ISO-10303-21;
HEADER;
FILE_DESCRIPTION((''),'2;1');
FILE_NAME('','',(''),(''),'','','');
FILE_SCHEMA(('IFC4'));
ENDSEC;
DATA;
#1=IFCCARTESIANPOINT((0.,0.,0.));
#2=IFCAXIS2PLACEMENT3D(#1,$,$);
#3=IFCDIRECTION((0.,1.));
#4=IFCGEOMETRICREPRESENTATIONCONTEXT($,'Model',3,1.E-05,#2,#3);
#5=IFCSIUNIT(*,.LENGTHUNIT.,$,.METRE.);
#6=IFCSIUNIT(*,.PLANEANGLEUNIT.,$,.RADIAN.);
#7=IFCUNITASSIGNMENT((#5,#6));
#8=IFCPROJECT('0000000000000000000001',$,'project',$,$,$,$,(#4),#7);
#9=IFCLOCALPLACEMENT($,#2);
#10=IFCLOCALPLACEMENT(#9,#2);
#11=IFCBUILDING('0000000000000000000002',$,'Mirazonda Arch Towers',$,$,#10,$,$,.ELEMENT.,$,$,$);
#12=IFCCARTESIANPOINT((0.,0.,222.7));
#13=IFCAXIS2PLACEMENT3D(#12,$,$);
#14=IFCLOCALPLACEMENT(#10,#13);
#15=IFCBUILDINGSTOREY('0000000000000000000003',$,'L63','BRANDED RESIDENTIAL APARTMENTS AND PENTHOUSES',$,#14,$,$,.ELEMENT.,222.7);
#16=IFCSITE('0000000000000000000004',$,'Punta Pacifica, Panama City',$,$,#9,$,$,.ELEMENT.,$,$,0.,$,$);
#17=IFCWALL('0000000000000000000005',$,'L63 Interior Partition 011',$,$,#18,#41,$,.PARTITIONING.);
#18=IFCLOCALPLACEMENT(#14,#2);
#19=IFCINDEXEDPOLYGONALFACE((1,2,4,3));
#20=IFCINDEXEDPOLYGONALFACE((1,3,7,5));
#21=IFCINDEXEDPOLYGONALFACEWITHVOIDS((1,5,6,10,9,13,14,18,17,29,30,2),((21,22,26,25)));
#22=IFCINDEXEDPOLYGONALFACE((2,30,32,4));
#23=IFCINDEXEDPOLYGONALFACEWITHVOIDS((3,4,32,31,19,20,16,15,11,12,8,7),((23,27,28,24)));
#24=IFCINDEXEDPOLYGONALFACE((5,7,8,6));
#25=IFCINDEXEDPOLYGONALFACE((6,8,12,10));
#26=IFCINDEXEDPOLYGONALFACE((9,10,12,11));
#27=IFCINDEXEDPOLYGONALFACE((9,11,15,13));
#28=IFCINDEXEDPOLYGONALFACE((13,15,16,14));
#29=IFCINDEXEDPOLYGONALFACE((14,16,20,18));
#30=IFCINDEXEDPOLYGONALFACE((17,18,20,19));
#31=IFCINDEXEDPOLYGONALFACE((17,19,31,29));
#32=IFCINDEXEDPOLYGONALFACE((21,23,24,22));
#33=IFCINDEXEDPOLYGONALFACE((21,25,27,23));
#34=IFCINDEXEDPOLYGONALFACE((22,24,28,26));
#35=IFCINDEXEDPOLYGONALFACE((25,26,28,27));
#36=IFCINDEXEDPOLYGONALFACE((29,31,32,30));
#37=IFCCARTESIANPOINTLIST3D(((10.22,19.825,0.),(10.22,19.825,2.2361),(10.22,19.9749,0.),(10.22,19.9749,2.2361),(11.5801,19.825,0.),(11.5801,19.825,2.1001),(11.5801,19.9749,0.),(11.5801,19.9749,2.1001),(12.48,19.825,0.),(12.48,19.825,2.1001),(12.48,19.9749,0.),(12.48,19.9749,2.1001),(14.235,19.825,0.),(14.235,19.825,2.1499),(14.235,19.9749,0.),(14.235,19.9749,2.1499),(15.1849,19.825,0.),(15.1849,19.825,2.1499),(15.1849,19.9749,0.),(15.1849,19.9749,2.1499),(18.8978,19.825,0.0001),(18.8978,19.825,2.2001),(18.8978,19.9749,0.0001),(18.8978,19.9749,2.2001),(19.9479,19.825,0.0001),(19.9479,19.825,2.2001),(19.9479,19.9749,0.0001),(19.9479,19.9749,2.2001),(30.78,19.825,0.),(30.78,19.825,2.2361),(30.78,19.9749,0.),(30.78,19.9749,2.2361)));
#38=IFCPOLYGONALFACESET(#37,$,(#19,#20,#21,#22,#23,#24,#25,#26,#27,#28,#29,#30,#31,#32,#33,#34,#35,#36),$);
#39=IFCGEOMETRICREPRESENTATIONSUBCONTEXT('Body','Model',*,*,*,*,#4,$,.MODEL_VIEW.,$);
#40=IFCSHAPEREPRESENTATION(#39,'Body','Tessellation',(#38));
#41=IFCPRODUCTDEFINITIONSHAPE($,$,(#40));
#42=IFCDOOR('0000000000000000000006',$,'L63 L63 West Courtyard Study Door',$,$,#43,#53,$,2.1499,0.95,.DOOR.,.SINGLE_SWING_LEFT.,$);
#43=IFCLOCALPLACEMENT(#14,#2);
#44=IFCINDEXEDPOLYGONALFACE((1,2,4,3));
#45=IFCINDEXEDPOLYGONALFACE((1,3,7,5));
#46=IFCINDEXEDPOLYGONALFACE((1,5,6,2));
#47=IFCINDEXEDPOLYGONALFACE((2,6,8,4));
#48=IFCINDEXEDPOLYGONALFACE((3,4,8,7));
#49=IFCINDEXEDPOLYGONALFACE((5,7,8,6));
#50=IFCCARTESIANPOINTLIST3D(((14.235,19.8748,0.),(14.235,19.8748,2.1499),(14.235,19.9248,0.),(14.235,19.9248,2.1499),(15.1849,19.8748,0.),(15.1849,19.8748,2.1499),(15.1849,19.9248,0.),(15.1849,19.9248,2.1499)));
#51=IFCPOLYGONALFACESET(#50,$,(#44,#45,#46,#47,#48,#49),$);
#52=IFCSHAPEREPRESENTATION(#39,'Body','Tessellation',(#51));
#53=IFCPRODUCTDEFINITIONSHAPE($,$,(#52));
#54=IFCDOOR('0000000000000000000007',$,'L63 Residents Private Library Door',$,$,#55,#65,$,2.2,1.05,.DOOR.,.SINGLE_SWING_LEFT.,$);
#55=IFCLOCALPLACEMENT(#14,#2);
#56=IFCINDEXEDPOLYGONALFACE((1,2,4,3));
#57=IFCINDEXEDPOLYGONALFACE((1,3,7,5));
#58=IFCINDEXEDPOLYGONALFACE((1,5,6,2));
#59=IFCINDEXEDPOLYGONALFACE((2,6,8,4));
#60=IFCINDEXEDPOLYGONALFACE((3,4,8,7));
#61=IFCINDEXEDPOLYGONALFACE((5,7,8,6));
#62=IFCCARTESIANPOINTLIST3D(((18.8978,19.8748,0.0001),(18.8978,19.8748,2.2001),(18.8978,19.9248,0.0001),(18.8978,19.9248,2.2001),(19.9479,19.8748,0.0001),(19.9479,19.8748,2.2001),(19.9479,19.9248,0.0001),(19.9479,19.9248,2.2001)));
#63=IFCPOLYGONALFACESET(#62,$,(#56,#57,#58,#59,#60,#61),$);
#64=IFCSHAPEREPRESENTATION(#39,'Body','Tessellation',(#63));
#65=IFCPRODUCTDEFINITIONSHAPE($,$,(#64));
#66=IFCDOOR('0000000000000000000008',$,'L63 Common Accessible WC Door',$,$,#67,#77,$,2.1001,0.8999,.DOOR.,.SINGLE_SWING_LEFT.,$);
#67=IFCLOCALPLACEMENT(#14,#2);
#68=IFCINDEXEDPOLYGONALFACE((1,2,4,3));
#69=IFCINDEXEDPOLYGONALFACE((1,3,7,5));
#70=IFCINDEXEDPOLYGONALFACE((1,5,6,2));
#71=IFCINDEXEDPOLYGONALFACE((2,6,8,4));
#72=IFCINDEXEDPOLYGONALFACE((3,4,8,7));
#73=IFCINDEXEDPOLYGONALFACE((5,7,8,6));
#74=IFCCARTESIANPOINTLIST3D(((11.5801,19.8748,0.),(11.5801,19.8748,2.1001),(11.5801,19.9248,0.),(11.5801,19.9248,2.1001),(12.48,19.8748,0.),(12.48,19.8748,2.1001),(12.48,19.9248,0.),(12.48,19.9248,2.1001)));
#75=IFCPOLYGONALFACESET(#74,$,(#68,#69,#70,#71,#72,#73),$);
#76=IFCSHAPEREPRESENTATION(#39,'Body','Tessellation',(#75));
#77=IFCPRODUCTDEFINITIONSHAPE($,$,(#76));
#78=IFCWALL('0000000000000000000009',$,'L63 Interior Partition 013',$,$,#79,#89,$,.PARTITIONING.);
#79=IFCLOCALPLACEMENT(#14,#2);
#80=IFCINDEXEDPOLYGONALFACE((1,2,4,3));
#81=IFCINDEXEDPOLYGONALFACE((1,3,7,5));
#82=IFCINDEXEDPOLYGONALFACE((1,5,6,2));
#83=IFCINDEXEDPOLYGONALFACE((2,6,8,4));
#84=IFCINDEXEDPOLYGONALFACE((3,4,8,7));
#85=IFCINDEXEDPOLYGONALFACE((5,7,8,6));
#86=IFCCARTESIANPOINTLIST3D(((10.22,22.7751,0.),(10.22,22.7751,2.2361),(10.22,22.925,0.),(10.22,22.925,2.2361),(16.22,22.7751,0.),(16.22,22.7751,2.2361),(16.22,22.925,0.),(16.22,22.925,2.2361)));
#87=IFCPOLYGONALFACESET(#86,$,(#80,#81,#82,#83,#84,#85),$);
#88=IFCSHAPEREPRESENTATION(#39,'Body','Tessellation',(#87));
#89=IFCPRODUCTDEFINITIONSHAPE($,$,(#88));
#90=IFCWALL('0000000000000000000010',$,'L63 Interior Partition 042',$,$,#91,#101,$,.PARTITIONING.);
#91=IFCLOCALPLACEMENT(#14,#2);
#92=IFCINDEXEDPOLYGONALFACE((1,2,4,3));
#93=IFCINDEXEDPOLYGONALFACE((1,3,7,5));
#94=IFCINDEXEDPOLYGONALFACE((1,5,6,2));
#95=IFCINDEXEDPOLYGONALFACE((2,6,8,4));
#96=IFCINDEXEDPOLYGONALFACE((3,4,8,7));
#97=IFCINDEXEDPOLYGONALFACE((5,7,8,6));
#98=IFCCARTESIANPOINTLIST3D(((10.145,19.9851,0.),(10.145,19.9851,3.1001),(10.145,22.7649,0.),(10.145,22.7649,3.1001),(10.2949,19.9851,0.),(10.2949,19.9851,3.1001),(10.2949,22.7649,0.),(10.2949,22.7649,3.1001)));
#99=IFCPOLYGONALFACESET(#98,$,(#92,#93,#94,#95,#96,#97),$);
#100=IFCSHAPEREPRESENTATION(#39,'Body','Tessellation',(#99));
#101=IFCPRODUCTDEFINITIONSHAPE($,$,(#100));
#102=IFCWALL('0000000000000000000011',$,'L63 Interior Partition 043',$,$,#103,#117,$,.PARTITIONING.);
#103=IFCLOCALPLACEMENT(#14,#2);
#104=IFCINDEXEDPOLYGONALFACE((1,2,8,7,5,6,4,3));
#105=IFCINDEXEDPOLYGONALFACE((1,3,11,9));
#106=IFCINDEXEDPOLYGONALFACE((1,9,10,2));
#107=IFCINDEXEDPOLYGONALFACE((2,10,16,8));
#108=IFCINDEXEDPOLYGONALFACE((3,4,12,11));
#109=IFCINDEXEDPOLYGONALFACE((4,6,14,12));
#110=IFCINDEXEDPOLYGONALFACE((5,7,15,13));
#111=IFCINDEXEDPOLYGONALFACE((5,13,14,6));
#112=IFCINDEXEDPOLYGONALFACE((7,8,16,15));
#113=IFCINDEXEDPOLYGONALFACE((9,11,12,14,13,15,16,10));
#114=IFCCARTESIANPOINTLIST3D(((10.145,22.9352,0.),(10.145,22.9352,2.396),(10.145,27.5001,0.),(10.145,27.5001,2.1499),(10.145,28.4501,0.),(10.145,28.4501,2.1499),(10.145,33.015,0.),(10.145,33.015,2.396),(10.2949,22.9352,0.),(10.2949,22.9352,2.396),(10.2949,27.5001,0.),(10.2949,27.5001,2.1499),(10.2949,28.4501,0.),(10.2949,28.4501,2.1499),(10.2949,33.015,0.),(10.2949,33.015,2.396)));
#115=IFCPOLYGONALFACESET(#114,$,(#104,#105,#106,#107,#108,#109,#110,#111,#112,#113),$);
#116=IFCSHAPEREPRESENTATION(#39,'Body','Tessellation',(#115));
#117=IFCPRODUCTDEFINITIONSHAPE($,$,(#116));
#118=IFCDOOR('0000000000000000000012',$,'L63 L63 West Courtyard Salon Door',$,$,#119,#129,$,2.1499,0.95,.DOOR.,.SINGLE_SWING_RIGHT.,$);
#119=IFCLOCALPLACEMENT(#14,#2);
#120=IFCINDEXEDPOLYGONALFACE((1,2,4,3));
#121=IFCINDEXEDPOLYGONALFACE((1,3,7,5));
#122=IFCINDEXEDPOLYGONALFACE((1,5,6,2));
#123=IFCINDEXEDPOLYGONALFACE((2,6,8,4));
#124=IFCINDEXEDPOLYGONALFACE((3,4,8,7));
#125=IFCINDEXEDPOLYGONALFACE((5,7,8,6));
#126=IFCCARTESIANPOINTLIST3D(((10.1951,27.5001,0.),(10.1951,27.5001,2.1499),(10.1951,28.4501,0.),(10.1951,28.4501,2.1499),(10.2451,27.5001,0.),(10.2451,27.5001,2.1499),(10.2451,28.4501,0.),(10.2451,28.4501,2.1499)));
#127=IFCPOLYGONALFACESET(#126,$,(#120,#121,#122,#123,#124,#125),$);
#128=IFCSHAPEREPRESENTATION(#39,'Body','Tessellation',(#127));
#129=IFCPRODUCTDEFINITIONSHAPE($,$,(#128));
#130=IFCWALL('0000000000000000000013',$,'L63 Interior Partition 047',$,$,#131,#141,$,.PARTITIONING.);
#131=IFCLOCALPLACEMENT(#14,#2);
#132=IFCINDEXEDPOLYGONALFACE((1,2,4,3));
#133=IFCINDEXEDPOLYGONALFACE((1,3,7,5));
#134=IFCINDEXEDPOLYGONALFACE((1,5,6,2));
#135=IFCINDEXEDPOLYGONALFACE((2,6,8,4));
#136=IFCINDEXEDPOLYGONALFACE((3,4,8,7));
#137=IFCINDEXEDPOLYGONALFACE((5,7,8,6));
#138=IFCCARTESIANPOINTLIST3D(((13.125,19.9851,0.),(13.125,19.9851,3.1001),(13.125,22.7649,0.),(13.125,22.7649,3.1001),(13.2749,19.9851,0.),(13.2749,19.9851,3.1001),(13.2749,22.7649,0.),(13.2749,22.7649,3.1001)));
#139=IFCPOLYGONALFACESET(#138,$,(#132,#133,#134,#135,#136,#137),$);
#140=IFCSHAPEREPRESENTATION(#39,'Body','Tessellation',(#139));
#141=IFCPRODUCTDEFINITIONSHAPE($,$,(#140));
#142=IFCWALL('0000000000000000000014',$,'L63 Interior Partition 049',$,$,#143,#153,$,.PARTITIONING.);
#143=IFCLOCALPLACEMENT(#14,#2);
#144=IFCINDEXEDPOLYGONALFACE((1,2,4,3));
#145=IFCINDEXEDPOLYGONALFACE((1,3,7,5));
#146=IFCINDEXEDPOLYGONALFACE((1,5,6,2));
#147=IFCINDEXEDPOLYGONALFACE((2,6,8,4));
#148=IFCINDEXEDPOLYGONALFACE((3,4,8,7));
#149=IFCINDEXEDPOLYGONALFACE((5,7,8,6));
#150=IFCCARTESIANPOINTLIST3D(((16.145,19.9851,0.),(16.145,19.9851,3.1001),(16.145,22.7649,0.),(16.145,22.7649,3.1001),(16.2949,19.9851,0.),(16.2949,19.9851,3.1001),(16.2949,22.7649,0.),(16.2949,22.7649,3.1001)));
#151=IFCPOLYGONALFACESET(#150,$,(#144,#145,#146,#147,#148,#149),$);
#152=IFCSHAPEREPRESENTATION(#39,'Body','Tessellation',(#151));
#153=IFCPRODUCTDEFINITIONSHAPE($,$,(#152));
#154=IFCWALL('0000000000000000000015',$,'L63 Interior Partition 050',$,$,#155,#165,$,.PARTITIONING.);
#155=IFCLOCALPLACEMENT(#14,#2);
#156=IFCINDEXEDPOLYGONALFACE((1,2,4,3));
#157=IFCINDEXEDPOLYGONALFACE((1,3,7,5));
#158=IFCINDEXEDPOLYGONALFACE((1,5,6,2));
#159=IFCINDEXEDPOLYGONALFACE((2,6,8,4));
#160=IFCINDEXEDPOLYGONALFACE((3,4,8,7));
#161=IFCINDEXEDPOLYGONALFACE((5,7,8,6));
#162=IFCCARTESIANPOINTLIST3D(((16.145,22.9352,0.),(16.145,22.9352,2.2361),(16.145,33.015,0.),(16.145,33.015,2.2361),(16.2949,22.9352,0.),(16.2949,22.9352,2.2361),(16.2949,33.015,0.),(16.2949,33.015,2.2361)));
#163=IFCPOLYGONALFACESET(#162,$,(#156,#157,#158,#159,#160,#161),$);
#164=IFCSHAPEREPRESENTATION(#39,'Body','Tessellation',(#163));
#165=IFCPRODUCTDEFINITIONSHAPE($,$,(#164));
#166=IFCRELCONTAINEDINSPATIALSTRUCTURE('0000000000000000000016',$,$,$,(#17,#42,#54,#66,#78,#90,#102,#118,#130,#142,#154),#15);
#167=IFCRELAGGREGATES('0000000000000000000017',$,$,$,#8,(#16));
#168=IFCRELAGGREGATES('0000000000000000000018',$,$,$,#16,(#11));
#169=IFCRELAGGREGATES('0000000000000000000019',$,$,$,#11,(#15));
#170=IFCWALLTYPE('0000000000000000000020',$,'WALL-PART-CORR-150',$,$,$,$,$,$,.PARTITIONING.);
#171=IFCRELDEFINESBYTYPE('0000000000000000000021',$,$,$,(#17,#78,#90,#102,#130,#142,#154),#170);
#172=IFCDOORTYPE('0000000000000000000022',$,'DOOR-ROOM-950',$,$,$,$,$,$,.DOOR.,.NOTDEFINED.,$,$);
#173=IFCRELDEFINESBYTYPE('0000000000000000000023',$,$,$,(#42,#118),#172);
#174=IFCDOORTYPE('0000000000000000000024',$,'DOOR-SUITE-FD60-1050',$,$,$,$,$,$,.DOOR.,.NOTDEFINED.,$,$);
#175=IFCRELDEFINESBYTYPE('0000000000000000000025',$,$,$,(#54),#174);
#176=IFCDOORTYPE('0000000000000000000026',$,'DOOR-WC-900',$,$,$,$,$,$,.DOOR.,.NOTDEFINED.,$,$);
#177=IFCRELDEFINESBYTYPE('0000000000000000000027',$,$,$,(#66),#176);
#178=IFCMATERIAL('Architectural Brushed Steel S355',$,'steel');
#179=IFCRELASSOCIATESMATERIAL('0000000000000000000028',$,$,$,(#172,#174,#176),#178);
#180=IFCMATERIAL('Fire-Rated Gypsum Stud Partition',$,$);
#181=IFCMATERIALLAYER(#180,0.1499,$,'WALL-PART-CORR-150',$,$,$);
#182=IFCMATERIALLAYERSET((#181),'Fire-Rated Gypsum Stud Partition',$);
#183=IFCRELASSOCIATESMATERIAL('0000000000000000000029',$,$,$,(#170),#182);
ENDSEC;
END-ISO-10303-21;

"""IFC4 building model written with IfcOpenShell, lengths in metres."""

from ifc_helpers import new_model, si_unit, direction, frame, frame_2d, origin, place, context, subcontext, project, spatial, rectangle, extrude, material, layer, layer_set, type_object, element, fill, save


model = new_model("IFC4")

# Units and contexts
model_context = context("Model", 3, precision=1e-05, world=origin(), true_north=direction((0.0, 1.0)))
body_context = subcontext(model_context, "Body", "Model", "MODEL_VIEW")
ifc_project = project(units=[si_unit("LENGTHUNIT", "METRE"), si_unit("PLANEANGLEUNIT", "RADIAN")], contexts=[model_context])

# Site, building, storey
site_placement = place(None, origin())
site = spatial("IfcSite", under=ifc_project, at=site_placement, Name="Punta Pacifica, Panama City", CompositionType="ELEMENT", RefElevation=0.0)
building_placement = place(site_placement, origin())
building = spatial("IfcBuilding", under=site, at=building_placement, Name="Mirazonda Arch Towers", CompositionType="ELEMENT")
storey_placement = place(building_placement, frame((0.0, 0.0, 222.7)))
storey = spatial("IfcBuildingStorey", under=building, at=storey_placement, Name="L63", Description="BRANDED RESIDENTIAL APARTMENTS AND PENTHOUSES", CompositionType="ELEMENT", Elevation=222.7)

# Shared definitions
ifc_material_1 = material(Name="Architectural Brushed Steel S355", Category="steel")
door_type_1 = type_object("IfcDoorType", Name="DOOR-ROOM-950", OperationType="NOTDEFINED", PredefinedType="DOOR", material=ifc_material_1)

# Wall, openings, doors
ifc_material_2 = material(Name="Fire-Rated Gypsum Stud Partition")
ifc_layer_1 = layer(ifc_material_2, 0.1499, Name="WALL-PART-CORR-150")
ifc_layer_set_1 = layer_set([ifc_layer_1], Name="Fire-Rated Gypsum Stud Partition")
wall_type_1 = type_object("IfcWallType", Name="WALL-PART-CORR-150", PredefinedType="PARTITIONING", material=ifc_layer_set_1)
wall_1_placement = place(storey_placement, frame((10.22, 19.8999, 0.0), z_axis=(0.0, 0.0, 1.0), x_axis=(1.0, 0.0, 0.0)))
wall_1 = element("IfcWall", 1, at=wall_1_placement, inside=storey, type_object=wall_type_1, Name="L63 Interior Partition 011", PredefinedType="PARTITIONING", context=body_context, shape_type="SweptSolid", body=[
    extrude(rectangle(XDim=20.5601, YDim=0.1499, at=frame_2d((10.28, 0.0))), origin(), (0.0, 0.0, 1.0), 2.2361),
])
opening_1_placement = place(wall_1_placement, frame((1.3601, 0.0, 0.0)))
opening_1 = element("IfcOpeningElement", 2, at=opening_1_placement, cuts=wall_1, PredefinedType="OPENING", context=body_context, shape_type="SweptSolid", body=[
    extrude(rectangle(XDim=0.8999, YDim=2.1001, at=frame_2d((0.45, 1.05))), frame((0.0, 0.085, 0.0), z_axis=(0.0, -1.0, 0.0), x_axis=(1.0, 0.0, 0.0)), (0.0, 0.0, 1.0), 0.1699),
])
opening_2_placement = place(wall_1_placement, frame((4.0149, 0.0, 0.0)))
opening_2 = element("IfcOpeningElement", 3, at=opening_2_placement, cuts=wall_1, PredefinedType="OPENING", context=body_context, shape_type="SweptSolid", body=[
    extrude(rectangle(XDim=0.95, YDim=2.1499, at=frame_2d((0.4751, 1.075))), frame((0.0, 0.085, 0.0), z_axis=(0.0, -1.0, 0.0), x_axis=(1.0, 0.0, 0.0)), (0.0, 0.0, 1.0), 0.1699),
])
opening_3_placement = place(wall_1_placement, frame((8.678, 0.0, 0.0)))
opening_3 = element("IfcOpeningElement", 4, at=opening_3_placement, cuts=wall_1, PredefinedType="OPENING", context=body_context, shape_type="SweptSolid", body=[
    extrude(rectangle(XDim=1.05, YDim=2.2, at=frame_2d((0.5249, 1.1001))), frame((0.0, 0.085, 0.0), z_axis=(0.0, -1.0, 0.0), x_axis=(1.0, 0.0, 0.0)), (0.0, 0.0, 1.0), 0.1699),
])
door_1_placement = place(opening_2_placement, origin())
door_1 = element("IfcDoor", 5, at=door_1_placement, inside=storey, type_object=door_type_1, Name="L63 L63 West Courtyard Study Door", OperationType="SINGLE_SWING_LEFT", OverallHeight=2.1499, OverallWidth=0.95, PredefinedType="DOOR", context=body_context, shape_type="SweptSolid", body=[
    extrude(rectangle(XDim=0.95, YDim=2.1499, at=frame_2d((0.4751, 1.075))), frame((0.0, 0.0249, 0.0), z_axis=(0.0, -1.0, 0.0), x_axis=(1.0, 0.0, 0.0)), (0.0, 0.0, 1.0), 0.05),
])
fill(opening_2, door_1)
door_type_2 = type_object("IfcDoorType", Name="DOOR-SUITE-FD60-1050", OperationType="NOTDEFINED", PredefinedType="DOOR", material=ifc_material_1)
door_2_placement = place(opening_3_placement, origin())
door_2 = element("IfcDoor", 6, at=door_2_placement, inside=storey, type_object=door_type_2, Name="L63 Residents Private Library Door", OperationType="SINGLE_SWING_LEFT", OverallHeight=2.2, OverallWidth=1.05, PredefinedType="DOOR", context=body_context, shape_type="SweptSolid", body=[
    extrude(rectangle(XDim=1.05, YDim=2.2, at=frame_2d((0.5249, 1.1001))), frame((0.0, 0.0249, 0.0), z_axis=(0.0, -1.0, 0.0), x_axis=(1.0, 0.0, 0.0)), (0.0, 0.0, 1.0), 0.05),
])
fill(opening_3, door_2)
door_type_3 = type_object("IfcDoorType", Name="DOOR-WC-900", OperationType="NOTDEFINED", PredefinedType="DOOR", material=ifc_material_1)
door_3_placement = place(opening_1_placement, origin())
door_3 = element("IfcDoor", 7, at=door_3_placement, inside=storey, type_object=door_type_3, Name="L63 Common Accessible WC Door", OperationType="SINGLE_SWING_LEFT", OverallHeight=2.1001, OverallWidth=0.8999, PredefinedType="DOOR", context=body_context, shape_type="SweptSolid", body=[
    extrude(rectangle(XDim=0.8999, YDim=2.1001, at=frame_2d((0.45, 1.05))), frame((0.0, 0.0249, 0.0), z_axis=(0.0, -1.0, 0.0), x_axis=(1.0, 0.0, 0.0)), (0.0, 0.0, 1.0), 0.05),
])
fill(opening_1, door_3)

# Walls
wall_2_placement = place(storey_placement, frame((10.22, 22.8501, 0.0), z_axis=(0.0, 0.0, 1.0), x_axis=(1.0, 0.0, 0.0)))
element("IfcWall", 8, at=wall_2_placement, inside=storey, type_object=wall_type_1, Name="L63 Interior Partition 013", PredefinedType="PARTITIONING", context=body_context, shape_type="SweptSolid", body=[
    extrude(rectangle(XDim=6.0, YDim=0.1499, at=frame_2d((3.0, 0.0))), origin(), (0.0, 0.0, 1.0), 2.2361),
])
wall_3_placement = place(storey_placement, frame((10.22, 19.9851, 0.0), z_axis=(0.0, 0.0, 1.0), x_axis=(0.0, 1.0, 0.0)))
element("IfcWall", 9, at=wall_3_placement, inside=storey, type_object=wall_type_1, Name="L63 Interior Partition 042", PredefinedType="PARTITIONING", context=body_context, shape_type="SweptSolid", body=[
    extrude(rectangle(XDim=2.7798, YDim=0.1499, at=frame_2d((1.3899, 0.0))), origin(), (0.0, 0.0, 1.0), 3.1001),
])

# Wall, opening, door
wall_4_placement = place(storey_placement, frame((10.22, 22.9351, 0.0), z_axis=(0.0, 0.0, 1.0), x_axis=(0.0, 1.0, 0.0)))
wall_4 = element("IfcWall", 10, at=wall_4_placement, inside=storey, type_object=wall_type_1, Name="L63 Interior Partition 043", PredefinedType="PARTITIONING", context=body_context, shape_type="SweptSolid", body=[
    extrude(rectangle(XDim=10.0798, YDim=0.1499, at=frame_2d((5.04, 0.0))), origin(), (0.0, 0.0, 1.0), 2.396),
])
opening_4_placement = place(wall_4_placement, frame((4.5649, 0.0, 0.0)))
opening_4 = element("IfcOpeningElement", 11, at=opening_4_placement, cuts=wall_4, PredefinedType="OPENING", context=body_context, shape_type="SweptSolid", body=[
    extrude(rectangle(XDim=0.95, YDim=2.1499, at=frame_2d((0.4751, 1.075))), frame((0.0, 0.085, 0.0), z_axis=(0.0, -1.0, 0.0), x_axis=(1.0, 0.0, 0.0)), (0.0, 0.0, 1.0), 0.1699),
])
door_4_placement = place(opening_4_placement, origin())
door_4 = element("IfcDoor", 12, at=door_4_placement, inside=storey, type_object=door_type_1, Name="L63 L63 West Courtyard Salon Door", OperationType="SINGLE_SWING_RIGHT", OverallHeight=2.1499, OverallWidth=0.95, PredefinedType="DOOR", context=body_context, shape_type="SweptSolid", body=[
    extrude(rectangle(XDim=0.95, YDim=2.1499, at=frame_2d((0.4751, 1.075))), frame((0.0, 0.0249, 0.0), z_axis=(0.0, -1.0, 0.0), x_axis=(1.0, 0.0, 0.0)), (0.0, 0.0, 1.0), 0.05),
])
fill(opening_4, door_4)

# Walls
for number, where, z_axis, x_axis, name in (
    (13, (13.2, 19.9851, 0.0), (0.0, 0.0, 1.0), (0.0, 1.0, 0.0), "L63 Interior Partition 047"),
    (14, (16.22, 19.9851, 0.0), (0.0, 0.0, 1.0), (0.0, 1.0, 0.0), "L63 Interior Partition 049"),
):
    element("IfcWall", number, at=place(storey_placement, frame(where, z_axis=z_axis, x_axis=x_axis)), inside=storey, type_object=wall_type_1, Name=name, PredefinedType="PARTITIONING", context=body_context, shape_type="SweptSolid", body=[
        extrude(rectangle(XDim=2.7798, YDim=0.1499, at=frame_2d((1.3899, 0.0))), origin(), (0.0, 0.0, 1.0), 3.1001),
    ])
wall_5_placement = place(storey_placement, frame((16.22, 22.9351, 0.0), z_axis=(0.0, 0.0, 1.0), x_axis=(0.0, 1.0, 0.0)))
element("IfcWall", 15, at=wall_5_placement, inside=storey, type_object=wall_type_1, Name="L63 Interior Partition 050", PredefinedType="PARTITIONING", context=body_context, shape_type="SweptSolid", body=[
    extrude(rectangle(XDim=10.0798, YDim=0.1499, at=frame_2d((5.04, 0.0))), origin(), (0.0, 0.0, 1.0), 2.2361),
])

save(model, "model.ifc")
